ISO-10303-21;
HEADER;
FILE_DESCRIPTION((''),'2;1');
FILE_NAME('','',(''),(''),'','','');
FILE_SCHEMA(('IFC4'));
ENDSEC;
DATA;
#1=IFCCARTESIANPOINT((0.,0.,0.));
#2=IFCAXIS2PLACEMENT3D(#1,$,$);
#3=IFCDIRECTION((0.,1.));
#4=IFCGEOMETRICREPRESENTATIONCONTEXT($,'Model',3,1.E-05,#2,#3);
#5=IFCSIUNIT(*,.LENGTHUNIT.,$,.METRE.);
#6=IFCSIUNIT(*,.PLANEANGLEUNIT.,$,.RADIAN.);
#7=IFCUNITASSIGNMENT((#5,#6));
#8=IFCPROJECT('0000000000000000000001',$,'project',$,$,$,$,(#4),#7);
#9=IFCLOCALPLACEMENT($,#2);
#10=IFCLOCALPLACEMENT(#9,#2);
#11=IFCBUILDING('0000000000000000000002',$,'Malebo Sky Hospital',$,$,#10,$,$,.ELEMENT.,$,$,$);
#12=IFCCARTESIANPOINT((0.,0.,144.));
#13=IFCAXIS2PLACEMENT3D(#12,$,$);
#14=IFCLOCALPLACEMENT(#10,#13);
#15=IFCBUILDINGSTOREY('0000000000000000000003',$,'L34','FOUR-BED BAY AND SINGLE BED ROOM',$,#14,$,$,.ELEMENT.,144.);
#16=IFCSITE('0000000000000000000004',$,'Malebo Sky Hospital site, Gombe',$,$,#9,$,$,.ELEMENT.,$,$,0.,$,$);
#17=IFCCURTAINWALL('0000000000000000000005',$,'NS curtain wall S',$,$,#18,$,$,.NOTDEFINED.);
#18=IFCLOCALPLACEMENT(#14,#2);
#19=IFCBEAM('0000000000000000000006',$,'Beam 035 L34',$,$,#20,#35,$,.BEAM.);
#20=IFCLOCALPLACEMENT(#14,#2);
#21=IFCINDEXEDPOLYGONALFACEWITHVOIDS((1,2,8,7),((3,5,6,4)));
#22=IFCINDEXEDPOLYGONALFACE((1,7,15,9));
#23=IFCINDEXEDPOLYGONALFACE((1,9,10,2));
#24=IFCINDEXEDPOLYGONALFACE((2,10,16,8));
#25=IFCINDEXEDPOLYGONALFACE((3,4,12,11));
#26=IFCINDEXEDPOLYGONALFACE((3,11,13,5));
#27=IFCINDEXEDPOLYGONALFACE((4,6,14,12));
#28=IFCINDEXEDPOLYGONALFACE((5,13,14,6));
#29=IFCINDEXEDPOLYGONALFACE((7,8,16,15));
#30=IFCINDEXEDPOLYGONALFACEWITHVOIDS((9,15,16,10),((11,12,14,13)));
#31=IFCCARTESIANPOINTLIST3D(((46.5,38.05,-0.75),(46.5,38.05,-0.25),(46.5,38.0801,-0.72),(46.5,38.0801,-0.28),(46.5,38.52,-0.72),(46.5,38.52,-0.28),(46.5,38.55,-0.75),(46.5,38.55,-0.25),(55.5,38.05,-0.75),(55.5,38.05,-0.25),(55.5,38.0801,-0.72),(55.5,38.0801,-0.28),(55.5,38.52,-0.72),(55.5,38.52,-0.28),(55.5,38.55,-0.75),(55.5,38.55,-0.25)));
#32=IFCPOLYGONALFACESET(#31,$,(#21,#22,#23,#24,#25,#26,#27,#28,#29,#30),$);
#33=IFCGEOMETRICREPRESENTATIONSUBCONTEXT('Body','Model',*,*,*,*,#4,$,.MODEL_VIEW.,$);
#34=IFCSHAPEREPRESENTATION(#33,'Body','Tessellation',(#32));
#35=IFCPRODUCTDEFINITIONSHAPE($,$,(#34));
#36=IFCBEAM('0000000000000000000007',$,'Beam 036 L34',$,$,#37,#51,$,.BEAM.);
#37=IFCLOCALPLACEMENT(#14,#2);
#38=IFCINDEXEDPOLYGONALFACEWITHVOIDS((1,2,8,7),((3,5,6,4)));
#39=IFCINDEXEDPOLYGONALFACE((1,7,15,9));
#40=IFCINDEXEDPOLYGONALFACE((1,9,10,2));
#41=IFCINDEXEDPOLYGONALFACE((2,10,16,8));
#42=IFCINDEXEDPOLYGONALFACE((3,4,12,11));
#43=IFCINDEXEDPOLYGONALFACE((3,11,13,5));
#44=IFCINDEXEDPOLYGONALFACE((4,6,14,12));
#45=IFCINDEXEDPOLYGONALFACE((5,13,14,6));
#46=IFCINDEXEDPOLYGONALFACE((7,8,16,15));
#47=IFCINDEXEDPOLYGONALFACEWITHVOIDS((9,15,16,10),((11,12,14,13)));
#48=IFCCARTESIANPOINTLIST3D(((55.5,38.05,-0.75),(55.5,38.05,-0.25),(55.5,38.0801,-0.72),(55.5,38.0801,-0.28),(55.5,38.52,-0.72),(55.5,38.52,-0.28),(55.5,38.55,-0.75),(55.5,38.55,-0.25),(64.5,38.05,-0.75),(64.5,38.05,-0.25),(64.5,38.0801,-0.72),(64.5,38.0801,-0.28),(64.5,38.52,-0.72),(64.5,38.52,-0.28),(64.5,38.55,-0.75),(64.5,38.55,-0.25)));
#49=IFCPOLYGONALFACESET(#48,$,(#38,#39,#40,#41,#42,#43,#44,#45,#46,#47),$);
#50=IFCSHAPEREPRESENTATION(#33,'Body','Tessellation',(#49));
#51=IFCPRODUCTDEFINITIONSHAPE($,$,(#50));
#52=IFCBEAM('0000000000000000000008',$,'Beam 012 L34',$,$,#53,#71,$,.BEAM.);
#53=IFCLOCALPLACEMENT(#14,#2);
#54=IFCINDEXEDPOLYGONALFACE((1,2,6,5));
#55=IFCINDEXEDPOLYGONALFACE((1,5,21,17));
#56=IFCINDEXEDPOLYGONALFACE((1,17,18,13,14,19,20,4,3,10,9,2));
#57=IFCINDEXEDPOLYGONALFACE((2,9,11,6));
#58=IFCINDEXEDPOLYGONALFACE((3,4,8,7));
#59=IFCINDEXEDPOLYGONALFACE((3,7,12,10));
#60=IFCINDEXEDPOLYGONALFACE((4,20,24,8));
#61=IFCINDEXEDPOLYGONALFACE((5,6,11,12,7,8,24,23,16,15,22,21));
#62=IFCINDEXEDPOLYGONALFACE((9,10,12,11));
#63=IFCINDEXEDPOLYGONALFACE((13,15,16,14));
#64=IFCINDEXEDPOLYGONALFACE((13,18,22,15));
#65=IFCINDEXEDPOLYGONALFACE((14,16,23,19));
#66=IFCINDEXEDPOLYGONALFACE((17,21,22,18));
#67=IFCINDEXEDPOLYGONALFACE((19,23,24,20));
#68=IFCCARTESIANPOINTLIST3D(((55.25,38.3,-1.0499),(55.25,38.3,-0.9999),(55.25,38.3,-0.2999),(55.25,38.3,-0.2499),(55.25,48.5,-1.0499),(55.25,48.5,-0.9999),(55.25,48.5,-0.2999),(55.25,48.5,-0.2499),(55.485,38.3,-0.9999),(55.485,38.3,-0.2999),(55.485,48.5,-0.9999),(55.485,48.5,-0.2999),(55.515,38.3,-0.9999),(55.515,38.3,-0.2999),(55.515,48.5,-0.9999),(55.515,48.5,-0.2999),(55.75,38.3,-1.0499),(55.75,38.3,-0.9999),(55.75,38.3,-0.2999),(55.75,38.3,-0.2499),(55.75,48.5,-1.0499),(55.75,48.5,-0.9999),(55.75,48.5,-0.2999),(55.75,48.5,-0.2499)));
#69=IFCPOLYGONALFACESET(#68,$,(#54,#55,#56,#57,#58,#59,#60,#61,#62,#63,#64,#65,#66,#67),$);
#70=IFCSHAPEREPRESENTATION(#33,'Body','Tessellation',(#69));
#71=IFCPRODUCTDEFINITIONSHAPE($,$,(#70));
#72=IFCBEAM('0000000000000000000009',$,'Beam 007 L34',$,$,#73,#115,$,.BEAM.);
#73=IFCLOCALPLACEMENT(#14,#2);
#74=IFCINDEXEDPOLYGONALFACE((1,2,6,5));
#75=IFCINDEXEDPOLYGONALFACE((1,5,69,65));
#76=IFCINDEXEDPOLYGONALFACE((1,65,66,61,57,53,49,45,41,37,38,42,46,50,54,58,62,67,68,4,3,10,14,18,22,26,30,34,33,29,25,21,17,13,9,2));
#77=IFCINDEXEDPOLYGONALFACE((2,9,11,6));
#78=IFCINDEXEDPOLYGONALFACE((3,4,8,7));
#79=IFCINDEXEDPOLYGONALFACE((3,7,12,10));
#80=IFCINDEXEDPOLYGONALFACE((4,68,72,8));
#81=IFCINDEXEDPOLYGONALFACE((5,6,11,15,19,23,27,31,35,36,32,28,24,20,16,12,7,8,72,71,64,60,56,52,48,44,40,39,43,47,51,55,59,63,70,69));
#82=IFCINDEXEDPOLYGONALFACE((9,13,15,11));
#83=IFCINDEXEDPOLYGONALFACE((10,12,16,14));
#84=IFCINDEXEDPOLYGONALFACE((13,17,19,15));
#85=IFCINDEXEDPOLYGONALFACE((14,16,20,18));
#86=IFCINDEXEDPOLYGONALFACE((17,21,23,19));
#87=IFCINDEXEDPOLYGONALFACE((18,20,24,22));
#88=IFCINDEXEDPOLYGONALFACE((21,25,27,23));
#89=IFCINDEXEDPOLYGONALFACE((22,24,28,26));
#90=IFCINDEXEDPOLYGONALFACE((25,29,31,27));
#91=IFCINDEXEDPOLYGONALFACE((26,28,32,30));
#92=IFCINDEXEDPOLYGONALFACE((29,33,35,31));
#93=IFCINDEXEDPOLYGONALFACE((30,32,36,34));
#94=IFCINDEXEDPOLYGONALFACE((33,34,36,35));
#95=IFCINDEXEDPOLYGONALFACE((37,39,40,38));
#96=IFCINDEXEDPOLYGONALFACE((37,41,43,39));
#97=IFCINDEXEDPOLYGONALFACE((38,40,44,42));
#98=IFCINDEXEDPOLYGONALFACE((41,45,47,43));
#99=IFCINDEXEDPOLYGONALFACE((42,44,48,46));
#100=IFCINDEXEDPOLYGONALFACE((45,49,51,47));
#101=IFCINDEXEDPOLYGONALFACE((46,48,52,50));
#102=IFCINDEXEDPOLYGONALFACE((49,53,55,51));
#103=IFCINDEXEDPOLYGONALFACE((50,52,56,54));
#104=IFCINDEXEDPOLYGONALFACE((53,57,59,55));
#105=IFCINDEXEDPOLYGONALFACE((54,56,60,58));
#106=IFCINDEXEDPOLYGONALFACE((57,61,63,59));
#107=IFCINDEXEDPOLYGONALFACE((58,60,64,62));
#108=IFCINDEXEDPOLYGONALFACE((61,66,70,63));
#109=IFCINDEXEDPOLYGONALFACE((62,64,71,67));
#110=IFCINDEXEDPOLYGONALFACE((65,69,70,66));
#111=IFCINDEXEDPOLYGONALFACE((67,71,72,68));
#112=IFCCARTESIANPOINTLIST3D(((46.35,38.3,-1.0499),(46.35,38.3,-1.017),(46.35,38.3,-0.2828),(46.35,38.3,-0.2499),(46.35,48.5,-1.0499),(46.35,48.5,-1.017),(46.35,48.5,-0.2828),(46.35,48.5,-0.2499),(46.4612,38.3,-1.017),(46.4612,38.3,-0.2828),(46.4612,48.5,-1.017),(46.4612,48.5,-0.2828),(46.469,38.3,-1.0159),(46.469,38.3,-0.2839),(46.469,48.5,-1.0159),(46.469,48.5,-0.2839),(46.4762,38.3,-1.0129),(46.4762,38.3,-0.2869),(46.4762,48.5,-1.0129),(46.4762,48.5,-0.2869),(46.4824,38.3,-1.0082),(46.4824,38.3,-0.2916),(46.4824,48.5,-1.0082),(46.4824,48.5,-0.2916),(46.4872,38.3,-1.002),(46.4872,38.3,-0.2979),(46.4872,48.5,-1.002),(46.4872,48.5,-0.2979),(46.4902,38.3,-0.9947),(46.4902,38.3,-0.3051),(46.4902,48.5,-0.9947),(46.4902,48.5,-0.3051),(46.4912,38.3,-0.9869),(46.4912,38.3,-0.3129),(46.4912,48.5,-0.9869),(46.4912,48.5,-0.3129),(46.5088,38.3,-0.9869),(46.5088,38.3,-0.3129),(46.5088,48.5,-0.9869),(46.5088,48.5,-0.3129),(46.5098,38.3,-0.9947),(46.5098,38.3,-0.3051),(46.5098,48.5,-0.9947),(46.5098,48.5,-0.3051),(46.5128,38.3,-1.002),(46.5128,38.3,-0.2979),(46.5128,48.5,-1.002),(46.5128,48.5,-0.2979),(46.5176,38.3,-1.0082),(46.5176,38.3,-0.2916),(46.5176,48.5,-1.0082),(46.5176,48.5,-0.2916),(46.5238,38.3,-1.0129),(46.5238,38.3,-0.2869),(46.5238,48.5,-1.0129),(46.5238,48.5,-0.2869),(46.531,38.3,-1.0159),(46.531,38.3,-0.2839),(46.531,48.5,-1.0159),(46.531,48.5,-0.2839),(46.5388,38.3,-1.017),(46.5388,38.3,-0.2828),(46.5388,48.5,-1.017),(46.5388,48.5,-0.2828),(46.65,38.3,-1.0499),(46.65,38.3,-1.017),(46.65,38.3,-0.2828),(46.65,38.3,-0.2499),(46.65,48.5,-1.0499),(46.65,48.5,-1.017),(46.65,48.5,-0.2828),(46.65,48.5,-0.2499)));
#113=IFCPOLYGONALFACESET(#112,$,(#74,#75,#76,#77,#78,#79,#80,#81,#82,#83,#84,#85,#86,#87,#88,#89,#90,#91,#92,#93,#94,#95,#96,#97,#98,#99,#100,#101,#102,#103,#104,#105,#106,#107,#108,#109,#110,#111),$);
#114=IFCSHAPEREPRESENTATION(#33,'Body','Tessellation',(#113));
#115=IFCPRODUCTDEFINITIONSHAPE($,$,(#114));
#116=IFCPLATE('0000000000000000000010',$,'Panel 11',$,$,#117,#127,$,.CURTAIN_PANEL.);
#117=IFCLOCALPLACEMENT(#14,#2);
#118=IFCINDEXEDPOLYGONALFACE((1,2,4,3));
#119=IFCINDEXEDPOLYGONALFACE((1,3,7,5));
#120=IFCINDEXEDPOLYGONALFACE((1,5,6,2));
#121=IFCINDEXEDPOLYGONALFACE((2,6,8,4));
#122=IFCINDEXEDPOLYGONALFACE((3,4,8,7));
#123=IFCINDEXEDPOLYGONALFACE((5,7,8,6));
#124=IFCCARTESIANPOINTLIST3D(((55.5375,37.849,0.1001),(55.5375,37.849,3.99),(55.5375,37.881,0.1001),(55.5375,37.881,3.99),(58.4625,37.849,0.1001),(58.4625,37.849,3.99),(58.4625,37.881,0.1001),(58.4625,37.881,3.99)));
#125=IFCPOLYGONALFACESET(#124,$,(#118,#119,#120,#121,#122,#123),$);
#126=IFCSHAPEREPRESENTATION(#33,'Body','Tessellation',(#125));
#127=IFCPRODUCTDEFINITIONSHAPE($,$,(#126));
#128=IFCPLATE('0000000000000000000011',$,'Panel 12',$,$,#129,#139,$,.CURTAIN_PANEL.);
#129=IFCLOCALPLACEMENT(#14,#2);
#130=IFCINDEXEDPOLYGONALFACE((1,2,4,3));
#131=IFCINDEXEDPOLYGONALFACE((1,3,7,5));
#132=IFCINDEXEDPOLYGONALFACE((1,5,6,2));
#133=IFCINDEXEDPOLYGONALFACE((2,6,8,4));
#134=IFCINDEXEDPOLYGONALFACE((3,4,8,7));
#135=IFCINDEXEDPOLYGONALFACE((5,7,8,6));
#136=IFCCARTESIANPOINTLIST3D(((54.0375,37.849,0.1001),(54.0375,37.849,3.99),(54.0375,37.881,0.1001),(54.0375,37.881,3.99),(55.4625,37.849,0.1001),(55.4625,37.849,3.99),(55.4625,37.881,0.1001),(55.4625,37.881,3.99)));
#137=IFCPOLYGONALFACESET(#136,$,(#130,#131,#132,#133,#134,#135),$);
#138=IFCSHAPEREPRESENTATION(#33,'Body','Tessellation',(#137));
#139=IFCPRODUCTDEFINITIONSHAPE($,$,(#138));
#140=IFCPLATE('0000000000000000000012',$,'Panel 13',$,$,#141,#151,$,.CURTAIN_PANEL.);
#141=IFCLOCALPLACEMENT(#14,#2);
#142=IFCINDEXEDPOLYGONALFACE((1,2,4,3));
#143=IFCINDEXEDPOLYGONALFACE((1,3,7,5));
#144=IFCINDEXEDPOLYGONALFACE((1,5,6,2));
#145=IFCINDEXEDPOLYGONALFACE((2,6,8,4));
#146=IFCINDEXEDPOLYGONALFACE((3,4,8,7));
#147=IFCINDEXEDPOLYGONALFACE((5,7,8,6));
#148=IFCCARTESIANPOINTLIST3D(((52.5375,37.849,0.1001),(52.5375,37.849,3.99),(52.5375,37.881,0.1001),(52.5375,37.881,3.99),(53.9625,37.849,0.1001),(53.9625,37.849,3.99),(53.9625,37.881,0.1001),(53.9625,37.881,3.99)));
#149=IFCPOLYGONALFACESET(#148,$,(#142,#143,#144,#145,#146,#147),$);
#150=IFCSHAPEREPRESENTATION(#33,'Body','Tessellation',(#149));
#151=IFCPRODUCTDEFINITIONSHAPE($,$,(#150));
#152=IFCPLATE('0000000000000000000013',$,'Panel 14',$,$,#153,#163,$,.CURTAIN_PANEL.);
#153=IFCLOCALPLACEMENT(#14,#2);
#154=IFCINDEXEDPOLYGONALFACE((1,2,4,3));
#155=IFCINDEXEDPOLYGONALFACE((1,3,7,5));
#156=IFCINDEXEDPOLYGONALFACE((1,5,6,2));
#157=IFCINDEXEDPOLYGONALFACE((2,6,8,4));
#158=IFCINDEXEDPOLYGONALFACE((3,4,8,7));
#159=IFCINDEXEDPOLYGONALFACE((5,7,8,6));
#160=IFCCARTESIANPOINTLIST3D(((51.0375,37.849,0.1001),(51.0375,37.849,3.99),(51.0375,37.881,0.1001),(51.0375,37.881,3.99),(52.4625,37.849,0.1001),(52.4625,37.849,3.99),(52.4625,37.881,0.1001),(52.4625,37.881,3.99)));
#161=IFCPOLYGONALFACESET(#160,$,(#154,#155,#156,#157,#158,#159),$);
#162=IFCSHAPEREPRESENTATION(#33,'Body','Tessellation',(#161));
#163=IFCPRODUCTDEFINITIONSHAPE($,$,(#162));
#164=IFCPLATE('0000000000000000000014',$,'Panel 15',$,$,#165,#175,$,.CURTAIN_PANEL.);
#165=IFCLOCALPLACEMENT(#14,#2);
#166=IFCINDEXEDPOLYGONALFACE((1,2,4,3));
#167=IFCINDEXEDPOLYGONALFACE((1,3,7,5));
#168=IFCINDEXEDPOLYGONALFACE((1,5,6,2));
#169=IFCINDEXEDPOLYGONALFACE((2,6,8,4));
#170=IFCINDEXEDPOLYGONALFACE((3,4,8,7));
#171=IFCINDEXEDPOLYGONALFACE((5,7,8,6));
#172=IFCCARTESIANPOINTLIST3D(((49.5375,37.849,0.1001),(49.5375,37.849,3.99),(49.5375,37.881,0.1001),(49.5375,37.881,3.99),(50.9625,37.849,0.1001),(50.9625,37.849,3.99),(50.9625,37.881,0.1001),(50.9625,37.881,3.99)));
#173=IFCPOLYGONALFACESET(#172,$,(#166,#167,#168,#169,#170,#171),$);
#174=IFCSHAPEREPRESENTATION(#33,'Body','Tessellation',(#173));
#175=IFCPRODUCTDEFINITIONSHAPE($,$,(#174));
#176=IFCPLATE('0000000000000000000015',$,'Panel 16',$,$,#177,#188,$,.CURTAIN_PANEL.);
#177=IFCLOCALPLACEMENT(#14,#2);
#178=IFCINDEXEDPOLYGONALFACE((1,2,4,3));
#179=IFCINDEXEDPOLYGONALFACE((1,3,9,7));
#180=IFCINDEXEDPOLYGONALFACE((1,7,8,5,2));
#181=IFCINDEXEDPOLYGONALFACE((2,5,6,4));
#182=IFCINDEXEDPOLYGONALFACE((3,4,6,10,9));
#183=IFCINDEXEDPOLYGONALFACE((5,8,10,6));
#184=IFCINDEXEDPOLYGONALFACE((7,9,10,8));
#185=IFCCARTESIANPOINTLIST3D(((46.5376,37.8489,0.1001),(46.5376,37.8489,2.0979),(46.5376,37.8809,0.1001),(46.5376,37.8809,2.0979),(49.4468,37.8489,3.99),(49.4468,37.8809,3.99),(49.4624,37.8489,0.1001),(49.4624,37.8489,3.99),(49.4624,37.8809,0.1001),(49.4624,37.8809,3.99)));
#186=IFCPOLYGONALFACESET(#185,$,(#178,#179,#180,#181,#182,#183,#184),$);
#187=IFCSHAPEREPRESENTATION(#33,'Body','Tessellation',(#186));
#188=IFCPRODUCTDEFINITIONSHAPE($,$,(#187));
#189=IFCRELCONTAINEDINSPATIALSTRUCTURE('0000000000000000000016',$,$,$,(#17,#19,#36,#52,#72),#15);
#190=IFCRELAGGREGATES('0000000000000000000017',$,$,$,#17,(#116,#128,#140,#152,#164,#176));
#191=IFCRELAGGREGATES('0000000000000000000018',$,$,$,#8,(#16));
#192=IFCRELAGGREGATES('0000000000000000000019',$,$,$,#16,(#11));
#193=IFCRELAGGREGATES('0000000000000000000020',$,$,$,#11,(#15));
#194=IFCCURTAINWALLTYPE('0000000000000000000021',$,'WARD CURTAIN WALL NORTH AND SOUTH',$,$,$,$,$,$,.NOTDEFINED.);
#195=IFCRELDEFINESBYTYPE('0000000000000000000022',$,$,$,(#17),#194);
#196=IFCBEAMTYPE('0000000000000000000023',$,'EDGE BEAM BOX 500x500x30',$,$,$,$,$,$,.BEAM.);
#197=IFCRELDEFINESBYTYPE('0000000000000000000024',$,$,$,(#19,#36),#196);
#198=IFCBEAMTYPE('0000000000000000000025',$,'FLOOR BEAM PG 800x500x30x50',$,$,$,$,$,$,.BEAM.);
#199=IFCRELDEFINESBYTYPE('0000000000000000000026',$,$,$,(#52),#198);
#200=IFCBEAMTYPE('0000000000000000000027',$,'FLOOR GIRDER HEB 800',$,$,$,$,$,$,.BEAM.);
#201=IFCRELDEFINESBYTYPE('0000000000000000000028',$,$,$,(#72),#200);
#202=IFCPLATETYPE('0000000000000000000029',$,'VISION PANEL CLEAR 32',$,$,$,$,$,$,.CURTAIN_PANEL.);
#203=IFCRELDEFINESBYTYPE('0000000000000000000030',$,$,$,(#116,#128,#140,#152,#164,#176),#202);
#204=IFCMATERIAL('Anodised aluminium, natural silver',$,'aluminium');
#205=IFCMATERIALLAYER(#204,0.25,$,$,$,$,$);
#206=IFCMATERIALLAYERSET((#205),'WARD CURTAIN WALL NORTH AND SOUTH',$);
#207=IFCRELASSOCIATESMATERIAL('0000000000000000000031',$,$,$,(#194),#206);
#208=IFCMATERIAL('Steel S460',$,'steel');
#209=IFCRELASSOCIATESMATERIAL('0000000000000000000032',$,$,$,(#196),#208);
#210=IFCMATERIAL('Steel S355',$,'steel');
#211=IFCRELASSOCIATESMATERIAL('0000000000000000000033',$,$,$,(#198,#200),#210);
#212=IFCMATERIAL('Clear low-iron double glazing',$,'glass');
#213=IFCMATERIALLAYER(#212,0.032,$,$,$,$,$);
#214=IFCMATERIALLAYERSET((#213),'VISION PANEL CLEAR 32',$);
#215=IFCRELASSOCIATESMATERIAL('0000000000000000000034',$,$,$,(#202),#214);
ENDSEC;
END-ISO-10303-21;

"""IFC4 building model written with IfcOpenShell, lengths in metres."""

from ifc_helpers import new_model, si_unit, direction, frame, origin, origin_2d, place, context, subcontext, project, spatial, polyline, rectangle, hollow_rectangle, i_section, outline, extrude, material, layer, layer_set, material_profile, profile_set, type_object, element, aggregate, save


model = new_model("IFC4")

# Units and contexts
model_context = context("Model", 3, precision=1e-05, world=origin(), true_north=direction((0.0, 1.0)))
body_context = subcontext(model_context, "Body", "Model", "MODEL_VIEW")
ifc_project = project(units=[si_unit("LENGTHUNIT", "METRE"), si_unit("PLANEANGLEUNIT", "RADIAN")], contexts=[model_context])

# Site, building, storey
site_placement = place(None, origin())
site = spatial("IfcSite", under=ifc_project, at=site_placement, Name="Malebo Sky Hospital site, Gombe", CompositionType="ELEMENT", RefElevation=0.0)
building_placement = place(site_placement, origin())
building = spatial("IfcBuilding", under=site, at=building_placement, Name="Malebo Sky Hospital", CompositionType="ELEMENT")
storey_placement = place(building_placement, frame((0.0, 0.0, 144.0)))
storey = spatial("IfcBuildingStorey", under=building, at=storey_placement, Name="L34", Description="FOUR-BED BAY AND SINGLE BED ROOM", CompositionType="ELEMENT", Elevation=144.0)

# Shared definitions
ifc_material_1 = material(Name="Steel S460", Category="steel")

# Curtain wall
ifc_material_2 = material(Name="Anodised aluminium, natural silver", Category="aluminium")
ifc_layer_1 = layer(ifc_material_2, 0.25)
ifc_layer_set_1 = layer_set([ifc_layer_1], Name="WARD CURTAIN WALL NORTH AND SOUTH")
curtain_wall_type = type_object("IfcCurtainWallType", Name="WARD CURTAIN WALL NORTH AND SOUTH", PredefinedType="NOTDEFINED", material=ifc_layer_set_1)
curtain_wall_placement = place(storey_placement, origin())
curtain_wall = element("IfcCurtainWall", 1, at=curtain_wall_placement, inside=storey, type_object=curtain_wall_type, Name="NS curtain wall S", PredefinedType="NOTDEFINED")

# Beams
ifc_material_profile_1 = material_profile(ifc_material_1, hollow_rectangle(XDim=0.5, YDim=0.5, WallThickness=0.03, at=origin_2d()), Name="BOX 500x500x30")
ifc_profile_set_1 = profile_set([ifc_material_profile_1], Name="Steel S460")
beam_type_1 = type_object("IfcBeamType", Name="EDGE BEAM BOX 500x500x30", PredefinedType="BEAM", material=ifc_profile_set_1)
for number, where, z_axis, x_axis, name in (
    (2, (46.5, 38.3, -0.5), (1.0, 0.0, 0.0), (0.0, 1.0, 0.0), "Beam 035 L34"),
    (3, (55.5, 38.3, -0.5), (1.0, 0.0, 0.0), (0.0, 1.0, 0.0), "Beam 036 L34"),
):
    element("IfcBeam", number, at=place(storey_placement, frame(where, z_axis=z_axis, x_axis=x_axis)), inside=storey, type_object=beam_type_1, Name=name, PredefinedType="BEAM", context=body_context, shape_type="SweptSolid", body=[
        extrude(hollow_rectangle(XDim=0.5, YDim=0.5, WallThickness=0.03, at=origin_2d()), origin(), (0.0, 0.0, 1.0), 9.0),
    ])
ifc_material_3 = material(Name="Steel S355", Category="steel")
ifc_material_profile_2 = material_profile(ifc_material_3, i_section(OverallWidth=0.5, OverallDepth=0.8, WebThickness=0.03, FlangeThickness=0.05, at=origin_2d()), Name="PG 800x500x30x50")
ifc_profile_set_2 = profile_set([ifc_material_profile_2], Name="Steel S355")
beam_type_2 = type_object("IfcBeamType", Name="FLOOR BEAM PG 800x500x30x50", PredefinedType="BEAM", material=ifc_profile_set_2)
beam_1_placement = place(storey_placement, frame((55.5, 38.3, -0.6499), z_axis=(0.0, 1.0, 0.0), x_axis=(-1.0, 0.0, 0.0)))
element("IfcBeam", 4, at=beam_1_placement, inside=storey, type_object=beam_type_2, Name="Beam 012 L34", PredefinedType="BEAM", context=body_context, shape_type="SweptSolid", body=[
    extrude(i_section(OverallWidth=0.5, OverallDepth=0.8, WebThickness=0.03, FlangeThickness=0.05, at=origin_2d()), origin(), (0.0, 0.0, 1.0), 10.2),
])
ifc_material_profile_3 = material_profile(ifc_material_3, i_section(OverallWidth=0.3, OverallDepth=0.8, WebThickness=0.0176, FlangeThickness=0.033, FilletRadius=0.03, at=origin_2d()), Name="HEB 800")
ifc_profile_set_3 = profile_set([ifc_material_profile_3], Name="Steel S355")
beam_type_3 = type_object("IfcBeamType", Name="FLOOR GIRDER HEB 800", PredefinedType="BEAM", material=ifc_profile_set_3)
beam_2_placement = place(storey_placement, frame((46.5, 38.3, -0.6499), z_axis=(0.0, 1.0, 0.0), x_axis=(-1.0, 0.0, 0.0)))
element("IfcBeam", 5, at=beam_2_placement, inside=storey, type_object=beam_type_3, Name="Beam 007 L34", PredefinedType="BEAM", context=body_context, shape_type="SweptSolid", body=[
    extrude(i_section(OverallWidth=0.3, OverallDepth=0.8, WebThickness=0.0176, FlangeThickness=0.033, FilletRadius=0.03, at=origin_2d()), origin(), (0.0, 0.0, 1.0), 10.2),
])

# Plates
ifc_material_4 = material(Name="Clear low-iron double glazing", Category="glass")
ifc_layer_2 = layer(ifc_material_4, 0.032)
ifc_layer_set_2 = layer_set([ifc_layer_2], Name="VISION PANEL CLEAR 32")
plate_type = type_object("IfcPlateType", Name="VISION PANEL CLEAR 32", PredefinedType="CURTAIN_PANEL", material=ifc_layer_set_2)
plate_1_placement = place(storey_placement, frame((57.0, 37.865, 0.1001), z_axis=(0.0, 0.0, 1.0), x_axis=(-1.0, 0.0, 0.0)))
plate_1 = element("IfcPlate", 6, at=plate_1_placement, type_object=plate_type, Name="Panel 11", PredefinedType="CURTAIN_PANEL", context=body_context, shape_type="SweptSolid", body=[
    extrude(rectangle(XDim=2.925, YDim=0.032, at=origin_2d()), origin(), (0.0, 0.0, 1.0), 3.8899),
])
plate_2_placement = place(storey_placement, frame((54.75, 37.865, 0.1001), z_axis=(0.0, 0.0, 1.0), x_axis=(-1.0, 0.0, 0.0)))
plate_2 = element("IfcPlate", 7, at=plate_2_placement, type_object=plate_type, Name="Panel 12", PredefinedType="CURTAIN_PANEL", context=body_context, shape_type="SweptSolid", body=[
    extrude(rectangle(XDim=1.425, YDim=0.032, at=origin_2d()), origin(), (0.0, 0.0, 1.0), 3.8899),
])
plate_3_placement = place(storey_placement, frame((53.25, 37.865, 0.1001), z_axis=(0.0, 0.0, 1.0), x_axis=(-1.0, 0.0, 0.0)))
plate_3 = element("IfcPlate", 8, at=plate_3_placement, type_object=plate_type, Name="Panel 13", PredefinedType="CURTAIN_PANEL", context=body_context, shape_type="SweptSolid", body=[
    extrude(rectangle(XDim=1.425, YDim=0.032, at=origin_2d()), origin(), (0.0, 0.0, 1.0), 3.8899),
])
plate_4_placement = place(storey_placement, frame((51.75, 37.865, 0.1001), z_axis=(0.0, 0.0, 1.0), x_axis=(-1.0, 0.0, 0.0)))
plate_4 = element("IfcPlate", 9, at=plate_4_placement, type_object=plate_type, Name="Panel 14", PredefinedType="CURTAIN_PANEL", context=body_context, shape_type="SweptSolid", body=[
    extrude(rectangle(XDim=1.425, YDim=0.032, at=origin_2d()), origin(), (0.0, 0.0, 1.0), 3.8899),
])
plate_5_placement = place(storey_placement, frame((50.25, 37.865, 0.1001), z_axis=(0.0, 0.0, 1.0), x_axis=(-1.0, 0.0, 0.0)))
plate_5 = element("IfcPlate", 10, at=plate_5_placement, type_object=plate_type, Name="Panel 15", PredefinedType="CURTAIN_PANEL", context=body_context, shape_type="SweptSolid", body=[
    extrude(rectangle(XDim=1.425, YDim=0.032, at=origin_2d()), origin(), (0.0, 0.0, 1.0), 3.8899),
])
plate_6_placement = place(storey_placement, frame((48.0, 37.865, 0.1001), z_axis=(0.0, 0.0, 1.0), x_axis=(-1.0, 0.0, 0.0)))
plate_6 = element("IfcPlate", 11, at=plate_6_placement, type_object=plate_type, Name="Panel 16", PredefinedType="CURTAIN_PANEL", context=body_context, shape_type="SweptSolid", body=[
    extrude(outline(polyline([(-1.4624, 0.0), (1.4624, 0.0), (1.4624, 1.9978), (-1.4468, 3.8899), (-1.4624, 3.8899), (-1.4624, 0.0)])), frame((0.0, 0.0161, 0.0), z_axis=(0.0, -1.0, 0.0), x_axis=(1.0, 0.0, 0.0)), (0.0, 0.0, 1.0), 0.032),
])
aggregate(curtain_wall, [plate_1, plate_2, plate_3, plate_4, plate_5, plate_6])

save(model, "model.ifc")
